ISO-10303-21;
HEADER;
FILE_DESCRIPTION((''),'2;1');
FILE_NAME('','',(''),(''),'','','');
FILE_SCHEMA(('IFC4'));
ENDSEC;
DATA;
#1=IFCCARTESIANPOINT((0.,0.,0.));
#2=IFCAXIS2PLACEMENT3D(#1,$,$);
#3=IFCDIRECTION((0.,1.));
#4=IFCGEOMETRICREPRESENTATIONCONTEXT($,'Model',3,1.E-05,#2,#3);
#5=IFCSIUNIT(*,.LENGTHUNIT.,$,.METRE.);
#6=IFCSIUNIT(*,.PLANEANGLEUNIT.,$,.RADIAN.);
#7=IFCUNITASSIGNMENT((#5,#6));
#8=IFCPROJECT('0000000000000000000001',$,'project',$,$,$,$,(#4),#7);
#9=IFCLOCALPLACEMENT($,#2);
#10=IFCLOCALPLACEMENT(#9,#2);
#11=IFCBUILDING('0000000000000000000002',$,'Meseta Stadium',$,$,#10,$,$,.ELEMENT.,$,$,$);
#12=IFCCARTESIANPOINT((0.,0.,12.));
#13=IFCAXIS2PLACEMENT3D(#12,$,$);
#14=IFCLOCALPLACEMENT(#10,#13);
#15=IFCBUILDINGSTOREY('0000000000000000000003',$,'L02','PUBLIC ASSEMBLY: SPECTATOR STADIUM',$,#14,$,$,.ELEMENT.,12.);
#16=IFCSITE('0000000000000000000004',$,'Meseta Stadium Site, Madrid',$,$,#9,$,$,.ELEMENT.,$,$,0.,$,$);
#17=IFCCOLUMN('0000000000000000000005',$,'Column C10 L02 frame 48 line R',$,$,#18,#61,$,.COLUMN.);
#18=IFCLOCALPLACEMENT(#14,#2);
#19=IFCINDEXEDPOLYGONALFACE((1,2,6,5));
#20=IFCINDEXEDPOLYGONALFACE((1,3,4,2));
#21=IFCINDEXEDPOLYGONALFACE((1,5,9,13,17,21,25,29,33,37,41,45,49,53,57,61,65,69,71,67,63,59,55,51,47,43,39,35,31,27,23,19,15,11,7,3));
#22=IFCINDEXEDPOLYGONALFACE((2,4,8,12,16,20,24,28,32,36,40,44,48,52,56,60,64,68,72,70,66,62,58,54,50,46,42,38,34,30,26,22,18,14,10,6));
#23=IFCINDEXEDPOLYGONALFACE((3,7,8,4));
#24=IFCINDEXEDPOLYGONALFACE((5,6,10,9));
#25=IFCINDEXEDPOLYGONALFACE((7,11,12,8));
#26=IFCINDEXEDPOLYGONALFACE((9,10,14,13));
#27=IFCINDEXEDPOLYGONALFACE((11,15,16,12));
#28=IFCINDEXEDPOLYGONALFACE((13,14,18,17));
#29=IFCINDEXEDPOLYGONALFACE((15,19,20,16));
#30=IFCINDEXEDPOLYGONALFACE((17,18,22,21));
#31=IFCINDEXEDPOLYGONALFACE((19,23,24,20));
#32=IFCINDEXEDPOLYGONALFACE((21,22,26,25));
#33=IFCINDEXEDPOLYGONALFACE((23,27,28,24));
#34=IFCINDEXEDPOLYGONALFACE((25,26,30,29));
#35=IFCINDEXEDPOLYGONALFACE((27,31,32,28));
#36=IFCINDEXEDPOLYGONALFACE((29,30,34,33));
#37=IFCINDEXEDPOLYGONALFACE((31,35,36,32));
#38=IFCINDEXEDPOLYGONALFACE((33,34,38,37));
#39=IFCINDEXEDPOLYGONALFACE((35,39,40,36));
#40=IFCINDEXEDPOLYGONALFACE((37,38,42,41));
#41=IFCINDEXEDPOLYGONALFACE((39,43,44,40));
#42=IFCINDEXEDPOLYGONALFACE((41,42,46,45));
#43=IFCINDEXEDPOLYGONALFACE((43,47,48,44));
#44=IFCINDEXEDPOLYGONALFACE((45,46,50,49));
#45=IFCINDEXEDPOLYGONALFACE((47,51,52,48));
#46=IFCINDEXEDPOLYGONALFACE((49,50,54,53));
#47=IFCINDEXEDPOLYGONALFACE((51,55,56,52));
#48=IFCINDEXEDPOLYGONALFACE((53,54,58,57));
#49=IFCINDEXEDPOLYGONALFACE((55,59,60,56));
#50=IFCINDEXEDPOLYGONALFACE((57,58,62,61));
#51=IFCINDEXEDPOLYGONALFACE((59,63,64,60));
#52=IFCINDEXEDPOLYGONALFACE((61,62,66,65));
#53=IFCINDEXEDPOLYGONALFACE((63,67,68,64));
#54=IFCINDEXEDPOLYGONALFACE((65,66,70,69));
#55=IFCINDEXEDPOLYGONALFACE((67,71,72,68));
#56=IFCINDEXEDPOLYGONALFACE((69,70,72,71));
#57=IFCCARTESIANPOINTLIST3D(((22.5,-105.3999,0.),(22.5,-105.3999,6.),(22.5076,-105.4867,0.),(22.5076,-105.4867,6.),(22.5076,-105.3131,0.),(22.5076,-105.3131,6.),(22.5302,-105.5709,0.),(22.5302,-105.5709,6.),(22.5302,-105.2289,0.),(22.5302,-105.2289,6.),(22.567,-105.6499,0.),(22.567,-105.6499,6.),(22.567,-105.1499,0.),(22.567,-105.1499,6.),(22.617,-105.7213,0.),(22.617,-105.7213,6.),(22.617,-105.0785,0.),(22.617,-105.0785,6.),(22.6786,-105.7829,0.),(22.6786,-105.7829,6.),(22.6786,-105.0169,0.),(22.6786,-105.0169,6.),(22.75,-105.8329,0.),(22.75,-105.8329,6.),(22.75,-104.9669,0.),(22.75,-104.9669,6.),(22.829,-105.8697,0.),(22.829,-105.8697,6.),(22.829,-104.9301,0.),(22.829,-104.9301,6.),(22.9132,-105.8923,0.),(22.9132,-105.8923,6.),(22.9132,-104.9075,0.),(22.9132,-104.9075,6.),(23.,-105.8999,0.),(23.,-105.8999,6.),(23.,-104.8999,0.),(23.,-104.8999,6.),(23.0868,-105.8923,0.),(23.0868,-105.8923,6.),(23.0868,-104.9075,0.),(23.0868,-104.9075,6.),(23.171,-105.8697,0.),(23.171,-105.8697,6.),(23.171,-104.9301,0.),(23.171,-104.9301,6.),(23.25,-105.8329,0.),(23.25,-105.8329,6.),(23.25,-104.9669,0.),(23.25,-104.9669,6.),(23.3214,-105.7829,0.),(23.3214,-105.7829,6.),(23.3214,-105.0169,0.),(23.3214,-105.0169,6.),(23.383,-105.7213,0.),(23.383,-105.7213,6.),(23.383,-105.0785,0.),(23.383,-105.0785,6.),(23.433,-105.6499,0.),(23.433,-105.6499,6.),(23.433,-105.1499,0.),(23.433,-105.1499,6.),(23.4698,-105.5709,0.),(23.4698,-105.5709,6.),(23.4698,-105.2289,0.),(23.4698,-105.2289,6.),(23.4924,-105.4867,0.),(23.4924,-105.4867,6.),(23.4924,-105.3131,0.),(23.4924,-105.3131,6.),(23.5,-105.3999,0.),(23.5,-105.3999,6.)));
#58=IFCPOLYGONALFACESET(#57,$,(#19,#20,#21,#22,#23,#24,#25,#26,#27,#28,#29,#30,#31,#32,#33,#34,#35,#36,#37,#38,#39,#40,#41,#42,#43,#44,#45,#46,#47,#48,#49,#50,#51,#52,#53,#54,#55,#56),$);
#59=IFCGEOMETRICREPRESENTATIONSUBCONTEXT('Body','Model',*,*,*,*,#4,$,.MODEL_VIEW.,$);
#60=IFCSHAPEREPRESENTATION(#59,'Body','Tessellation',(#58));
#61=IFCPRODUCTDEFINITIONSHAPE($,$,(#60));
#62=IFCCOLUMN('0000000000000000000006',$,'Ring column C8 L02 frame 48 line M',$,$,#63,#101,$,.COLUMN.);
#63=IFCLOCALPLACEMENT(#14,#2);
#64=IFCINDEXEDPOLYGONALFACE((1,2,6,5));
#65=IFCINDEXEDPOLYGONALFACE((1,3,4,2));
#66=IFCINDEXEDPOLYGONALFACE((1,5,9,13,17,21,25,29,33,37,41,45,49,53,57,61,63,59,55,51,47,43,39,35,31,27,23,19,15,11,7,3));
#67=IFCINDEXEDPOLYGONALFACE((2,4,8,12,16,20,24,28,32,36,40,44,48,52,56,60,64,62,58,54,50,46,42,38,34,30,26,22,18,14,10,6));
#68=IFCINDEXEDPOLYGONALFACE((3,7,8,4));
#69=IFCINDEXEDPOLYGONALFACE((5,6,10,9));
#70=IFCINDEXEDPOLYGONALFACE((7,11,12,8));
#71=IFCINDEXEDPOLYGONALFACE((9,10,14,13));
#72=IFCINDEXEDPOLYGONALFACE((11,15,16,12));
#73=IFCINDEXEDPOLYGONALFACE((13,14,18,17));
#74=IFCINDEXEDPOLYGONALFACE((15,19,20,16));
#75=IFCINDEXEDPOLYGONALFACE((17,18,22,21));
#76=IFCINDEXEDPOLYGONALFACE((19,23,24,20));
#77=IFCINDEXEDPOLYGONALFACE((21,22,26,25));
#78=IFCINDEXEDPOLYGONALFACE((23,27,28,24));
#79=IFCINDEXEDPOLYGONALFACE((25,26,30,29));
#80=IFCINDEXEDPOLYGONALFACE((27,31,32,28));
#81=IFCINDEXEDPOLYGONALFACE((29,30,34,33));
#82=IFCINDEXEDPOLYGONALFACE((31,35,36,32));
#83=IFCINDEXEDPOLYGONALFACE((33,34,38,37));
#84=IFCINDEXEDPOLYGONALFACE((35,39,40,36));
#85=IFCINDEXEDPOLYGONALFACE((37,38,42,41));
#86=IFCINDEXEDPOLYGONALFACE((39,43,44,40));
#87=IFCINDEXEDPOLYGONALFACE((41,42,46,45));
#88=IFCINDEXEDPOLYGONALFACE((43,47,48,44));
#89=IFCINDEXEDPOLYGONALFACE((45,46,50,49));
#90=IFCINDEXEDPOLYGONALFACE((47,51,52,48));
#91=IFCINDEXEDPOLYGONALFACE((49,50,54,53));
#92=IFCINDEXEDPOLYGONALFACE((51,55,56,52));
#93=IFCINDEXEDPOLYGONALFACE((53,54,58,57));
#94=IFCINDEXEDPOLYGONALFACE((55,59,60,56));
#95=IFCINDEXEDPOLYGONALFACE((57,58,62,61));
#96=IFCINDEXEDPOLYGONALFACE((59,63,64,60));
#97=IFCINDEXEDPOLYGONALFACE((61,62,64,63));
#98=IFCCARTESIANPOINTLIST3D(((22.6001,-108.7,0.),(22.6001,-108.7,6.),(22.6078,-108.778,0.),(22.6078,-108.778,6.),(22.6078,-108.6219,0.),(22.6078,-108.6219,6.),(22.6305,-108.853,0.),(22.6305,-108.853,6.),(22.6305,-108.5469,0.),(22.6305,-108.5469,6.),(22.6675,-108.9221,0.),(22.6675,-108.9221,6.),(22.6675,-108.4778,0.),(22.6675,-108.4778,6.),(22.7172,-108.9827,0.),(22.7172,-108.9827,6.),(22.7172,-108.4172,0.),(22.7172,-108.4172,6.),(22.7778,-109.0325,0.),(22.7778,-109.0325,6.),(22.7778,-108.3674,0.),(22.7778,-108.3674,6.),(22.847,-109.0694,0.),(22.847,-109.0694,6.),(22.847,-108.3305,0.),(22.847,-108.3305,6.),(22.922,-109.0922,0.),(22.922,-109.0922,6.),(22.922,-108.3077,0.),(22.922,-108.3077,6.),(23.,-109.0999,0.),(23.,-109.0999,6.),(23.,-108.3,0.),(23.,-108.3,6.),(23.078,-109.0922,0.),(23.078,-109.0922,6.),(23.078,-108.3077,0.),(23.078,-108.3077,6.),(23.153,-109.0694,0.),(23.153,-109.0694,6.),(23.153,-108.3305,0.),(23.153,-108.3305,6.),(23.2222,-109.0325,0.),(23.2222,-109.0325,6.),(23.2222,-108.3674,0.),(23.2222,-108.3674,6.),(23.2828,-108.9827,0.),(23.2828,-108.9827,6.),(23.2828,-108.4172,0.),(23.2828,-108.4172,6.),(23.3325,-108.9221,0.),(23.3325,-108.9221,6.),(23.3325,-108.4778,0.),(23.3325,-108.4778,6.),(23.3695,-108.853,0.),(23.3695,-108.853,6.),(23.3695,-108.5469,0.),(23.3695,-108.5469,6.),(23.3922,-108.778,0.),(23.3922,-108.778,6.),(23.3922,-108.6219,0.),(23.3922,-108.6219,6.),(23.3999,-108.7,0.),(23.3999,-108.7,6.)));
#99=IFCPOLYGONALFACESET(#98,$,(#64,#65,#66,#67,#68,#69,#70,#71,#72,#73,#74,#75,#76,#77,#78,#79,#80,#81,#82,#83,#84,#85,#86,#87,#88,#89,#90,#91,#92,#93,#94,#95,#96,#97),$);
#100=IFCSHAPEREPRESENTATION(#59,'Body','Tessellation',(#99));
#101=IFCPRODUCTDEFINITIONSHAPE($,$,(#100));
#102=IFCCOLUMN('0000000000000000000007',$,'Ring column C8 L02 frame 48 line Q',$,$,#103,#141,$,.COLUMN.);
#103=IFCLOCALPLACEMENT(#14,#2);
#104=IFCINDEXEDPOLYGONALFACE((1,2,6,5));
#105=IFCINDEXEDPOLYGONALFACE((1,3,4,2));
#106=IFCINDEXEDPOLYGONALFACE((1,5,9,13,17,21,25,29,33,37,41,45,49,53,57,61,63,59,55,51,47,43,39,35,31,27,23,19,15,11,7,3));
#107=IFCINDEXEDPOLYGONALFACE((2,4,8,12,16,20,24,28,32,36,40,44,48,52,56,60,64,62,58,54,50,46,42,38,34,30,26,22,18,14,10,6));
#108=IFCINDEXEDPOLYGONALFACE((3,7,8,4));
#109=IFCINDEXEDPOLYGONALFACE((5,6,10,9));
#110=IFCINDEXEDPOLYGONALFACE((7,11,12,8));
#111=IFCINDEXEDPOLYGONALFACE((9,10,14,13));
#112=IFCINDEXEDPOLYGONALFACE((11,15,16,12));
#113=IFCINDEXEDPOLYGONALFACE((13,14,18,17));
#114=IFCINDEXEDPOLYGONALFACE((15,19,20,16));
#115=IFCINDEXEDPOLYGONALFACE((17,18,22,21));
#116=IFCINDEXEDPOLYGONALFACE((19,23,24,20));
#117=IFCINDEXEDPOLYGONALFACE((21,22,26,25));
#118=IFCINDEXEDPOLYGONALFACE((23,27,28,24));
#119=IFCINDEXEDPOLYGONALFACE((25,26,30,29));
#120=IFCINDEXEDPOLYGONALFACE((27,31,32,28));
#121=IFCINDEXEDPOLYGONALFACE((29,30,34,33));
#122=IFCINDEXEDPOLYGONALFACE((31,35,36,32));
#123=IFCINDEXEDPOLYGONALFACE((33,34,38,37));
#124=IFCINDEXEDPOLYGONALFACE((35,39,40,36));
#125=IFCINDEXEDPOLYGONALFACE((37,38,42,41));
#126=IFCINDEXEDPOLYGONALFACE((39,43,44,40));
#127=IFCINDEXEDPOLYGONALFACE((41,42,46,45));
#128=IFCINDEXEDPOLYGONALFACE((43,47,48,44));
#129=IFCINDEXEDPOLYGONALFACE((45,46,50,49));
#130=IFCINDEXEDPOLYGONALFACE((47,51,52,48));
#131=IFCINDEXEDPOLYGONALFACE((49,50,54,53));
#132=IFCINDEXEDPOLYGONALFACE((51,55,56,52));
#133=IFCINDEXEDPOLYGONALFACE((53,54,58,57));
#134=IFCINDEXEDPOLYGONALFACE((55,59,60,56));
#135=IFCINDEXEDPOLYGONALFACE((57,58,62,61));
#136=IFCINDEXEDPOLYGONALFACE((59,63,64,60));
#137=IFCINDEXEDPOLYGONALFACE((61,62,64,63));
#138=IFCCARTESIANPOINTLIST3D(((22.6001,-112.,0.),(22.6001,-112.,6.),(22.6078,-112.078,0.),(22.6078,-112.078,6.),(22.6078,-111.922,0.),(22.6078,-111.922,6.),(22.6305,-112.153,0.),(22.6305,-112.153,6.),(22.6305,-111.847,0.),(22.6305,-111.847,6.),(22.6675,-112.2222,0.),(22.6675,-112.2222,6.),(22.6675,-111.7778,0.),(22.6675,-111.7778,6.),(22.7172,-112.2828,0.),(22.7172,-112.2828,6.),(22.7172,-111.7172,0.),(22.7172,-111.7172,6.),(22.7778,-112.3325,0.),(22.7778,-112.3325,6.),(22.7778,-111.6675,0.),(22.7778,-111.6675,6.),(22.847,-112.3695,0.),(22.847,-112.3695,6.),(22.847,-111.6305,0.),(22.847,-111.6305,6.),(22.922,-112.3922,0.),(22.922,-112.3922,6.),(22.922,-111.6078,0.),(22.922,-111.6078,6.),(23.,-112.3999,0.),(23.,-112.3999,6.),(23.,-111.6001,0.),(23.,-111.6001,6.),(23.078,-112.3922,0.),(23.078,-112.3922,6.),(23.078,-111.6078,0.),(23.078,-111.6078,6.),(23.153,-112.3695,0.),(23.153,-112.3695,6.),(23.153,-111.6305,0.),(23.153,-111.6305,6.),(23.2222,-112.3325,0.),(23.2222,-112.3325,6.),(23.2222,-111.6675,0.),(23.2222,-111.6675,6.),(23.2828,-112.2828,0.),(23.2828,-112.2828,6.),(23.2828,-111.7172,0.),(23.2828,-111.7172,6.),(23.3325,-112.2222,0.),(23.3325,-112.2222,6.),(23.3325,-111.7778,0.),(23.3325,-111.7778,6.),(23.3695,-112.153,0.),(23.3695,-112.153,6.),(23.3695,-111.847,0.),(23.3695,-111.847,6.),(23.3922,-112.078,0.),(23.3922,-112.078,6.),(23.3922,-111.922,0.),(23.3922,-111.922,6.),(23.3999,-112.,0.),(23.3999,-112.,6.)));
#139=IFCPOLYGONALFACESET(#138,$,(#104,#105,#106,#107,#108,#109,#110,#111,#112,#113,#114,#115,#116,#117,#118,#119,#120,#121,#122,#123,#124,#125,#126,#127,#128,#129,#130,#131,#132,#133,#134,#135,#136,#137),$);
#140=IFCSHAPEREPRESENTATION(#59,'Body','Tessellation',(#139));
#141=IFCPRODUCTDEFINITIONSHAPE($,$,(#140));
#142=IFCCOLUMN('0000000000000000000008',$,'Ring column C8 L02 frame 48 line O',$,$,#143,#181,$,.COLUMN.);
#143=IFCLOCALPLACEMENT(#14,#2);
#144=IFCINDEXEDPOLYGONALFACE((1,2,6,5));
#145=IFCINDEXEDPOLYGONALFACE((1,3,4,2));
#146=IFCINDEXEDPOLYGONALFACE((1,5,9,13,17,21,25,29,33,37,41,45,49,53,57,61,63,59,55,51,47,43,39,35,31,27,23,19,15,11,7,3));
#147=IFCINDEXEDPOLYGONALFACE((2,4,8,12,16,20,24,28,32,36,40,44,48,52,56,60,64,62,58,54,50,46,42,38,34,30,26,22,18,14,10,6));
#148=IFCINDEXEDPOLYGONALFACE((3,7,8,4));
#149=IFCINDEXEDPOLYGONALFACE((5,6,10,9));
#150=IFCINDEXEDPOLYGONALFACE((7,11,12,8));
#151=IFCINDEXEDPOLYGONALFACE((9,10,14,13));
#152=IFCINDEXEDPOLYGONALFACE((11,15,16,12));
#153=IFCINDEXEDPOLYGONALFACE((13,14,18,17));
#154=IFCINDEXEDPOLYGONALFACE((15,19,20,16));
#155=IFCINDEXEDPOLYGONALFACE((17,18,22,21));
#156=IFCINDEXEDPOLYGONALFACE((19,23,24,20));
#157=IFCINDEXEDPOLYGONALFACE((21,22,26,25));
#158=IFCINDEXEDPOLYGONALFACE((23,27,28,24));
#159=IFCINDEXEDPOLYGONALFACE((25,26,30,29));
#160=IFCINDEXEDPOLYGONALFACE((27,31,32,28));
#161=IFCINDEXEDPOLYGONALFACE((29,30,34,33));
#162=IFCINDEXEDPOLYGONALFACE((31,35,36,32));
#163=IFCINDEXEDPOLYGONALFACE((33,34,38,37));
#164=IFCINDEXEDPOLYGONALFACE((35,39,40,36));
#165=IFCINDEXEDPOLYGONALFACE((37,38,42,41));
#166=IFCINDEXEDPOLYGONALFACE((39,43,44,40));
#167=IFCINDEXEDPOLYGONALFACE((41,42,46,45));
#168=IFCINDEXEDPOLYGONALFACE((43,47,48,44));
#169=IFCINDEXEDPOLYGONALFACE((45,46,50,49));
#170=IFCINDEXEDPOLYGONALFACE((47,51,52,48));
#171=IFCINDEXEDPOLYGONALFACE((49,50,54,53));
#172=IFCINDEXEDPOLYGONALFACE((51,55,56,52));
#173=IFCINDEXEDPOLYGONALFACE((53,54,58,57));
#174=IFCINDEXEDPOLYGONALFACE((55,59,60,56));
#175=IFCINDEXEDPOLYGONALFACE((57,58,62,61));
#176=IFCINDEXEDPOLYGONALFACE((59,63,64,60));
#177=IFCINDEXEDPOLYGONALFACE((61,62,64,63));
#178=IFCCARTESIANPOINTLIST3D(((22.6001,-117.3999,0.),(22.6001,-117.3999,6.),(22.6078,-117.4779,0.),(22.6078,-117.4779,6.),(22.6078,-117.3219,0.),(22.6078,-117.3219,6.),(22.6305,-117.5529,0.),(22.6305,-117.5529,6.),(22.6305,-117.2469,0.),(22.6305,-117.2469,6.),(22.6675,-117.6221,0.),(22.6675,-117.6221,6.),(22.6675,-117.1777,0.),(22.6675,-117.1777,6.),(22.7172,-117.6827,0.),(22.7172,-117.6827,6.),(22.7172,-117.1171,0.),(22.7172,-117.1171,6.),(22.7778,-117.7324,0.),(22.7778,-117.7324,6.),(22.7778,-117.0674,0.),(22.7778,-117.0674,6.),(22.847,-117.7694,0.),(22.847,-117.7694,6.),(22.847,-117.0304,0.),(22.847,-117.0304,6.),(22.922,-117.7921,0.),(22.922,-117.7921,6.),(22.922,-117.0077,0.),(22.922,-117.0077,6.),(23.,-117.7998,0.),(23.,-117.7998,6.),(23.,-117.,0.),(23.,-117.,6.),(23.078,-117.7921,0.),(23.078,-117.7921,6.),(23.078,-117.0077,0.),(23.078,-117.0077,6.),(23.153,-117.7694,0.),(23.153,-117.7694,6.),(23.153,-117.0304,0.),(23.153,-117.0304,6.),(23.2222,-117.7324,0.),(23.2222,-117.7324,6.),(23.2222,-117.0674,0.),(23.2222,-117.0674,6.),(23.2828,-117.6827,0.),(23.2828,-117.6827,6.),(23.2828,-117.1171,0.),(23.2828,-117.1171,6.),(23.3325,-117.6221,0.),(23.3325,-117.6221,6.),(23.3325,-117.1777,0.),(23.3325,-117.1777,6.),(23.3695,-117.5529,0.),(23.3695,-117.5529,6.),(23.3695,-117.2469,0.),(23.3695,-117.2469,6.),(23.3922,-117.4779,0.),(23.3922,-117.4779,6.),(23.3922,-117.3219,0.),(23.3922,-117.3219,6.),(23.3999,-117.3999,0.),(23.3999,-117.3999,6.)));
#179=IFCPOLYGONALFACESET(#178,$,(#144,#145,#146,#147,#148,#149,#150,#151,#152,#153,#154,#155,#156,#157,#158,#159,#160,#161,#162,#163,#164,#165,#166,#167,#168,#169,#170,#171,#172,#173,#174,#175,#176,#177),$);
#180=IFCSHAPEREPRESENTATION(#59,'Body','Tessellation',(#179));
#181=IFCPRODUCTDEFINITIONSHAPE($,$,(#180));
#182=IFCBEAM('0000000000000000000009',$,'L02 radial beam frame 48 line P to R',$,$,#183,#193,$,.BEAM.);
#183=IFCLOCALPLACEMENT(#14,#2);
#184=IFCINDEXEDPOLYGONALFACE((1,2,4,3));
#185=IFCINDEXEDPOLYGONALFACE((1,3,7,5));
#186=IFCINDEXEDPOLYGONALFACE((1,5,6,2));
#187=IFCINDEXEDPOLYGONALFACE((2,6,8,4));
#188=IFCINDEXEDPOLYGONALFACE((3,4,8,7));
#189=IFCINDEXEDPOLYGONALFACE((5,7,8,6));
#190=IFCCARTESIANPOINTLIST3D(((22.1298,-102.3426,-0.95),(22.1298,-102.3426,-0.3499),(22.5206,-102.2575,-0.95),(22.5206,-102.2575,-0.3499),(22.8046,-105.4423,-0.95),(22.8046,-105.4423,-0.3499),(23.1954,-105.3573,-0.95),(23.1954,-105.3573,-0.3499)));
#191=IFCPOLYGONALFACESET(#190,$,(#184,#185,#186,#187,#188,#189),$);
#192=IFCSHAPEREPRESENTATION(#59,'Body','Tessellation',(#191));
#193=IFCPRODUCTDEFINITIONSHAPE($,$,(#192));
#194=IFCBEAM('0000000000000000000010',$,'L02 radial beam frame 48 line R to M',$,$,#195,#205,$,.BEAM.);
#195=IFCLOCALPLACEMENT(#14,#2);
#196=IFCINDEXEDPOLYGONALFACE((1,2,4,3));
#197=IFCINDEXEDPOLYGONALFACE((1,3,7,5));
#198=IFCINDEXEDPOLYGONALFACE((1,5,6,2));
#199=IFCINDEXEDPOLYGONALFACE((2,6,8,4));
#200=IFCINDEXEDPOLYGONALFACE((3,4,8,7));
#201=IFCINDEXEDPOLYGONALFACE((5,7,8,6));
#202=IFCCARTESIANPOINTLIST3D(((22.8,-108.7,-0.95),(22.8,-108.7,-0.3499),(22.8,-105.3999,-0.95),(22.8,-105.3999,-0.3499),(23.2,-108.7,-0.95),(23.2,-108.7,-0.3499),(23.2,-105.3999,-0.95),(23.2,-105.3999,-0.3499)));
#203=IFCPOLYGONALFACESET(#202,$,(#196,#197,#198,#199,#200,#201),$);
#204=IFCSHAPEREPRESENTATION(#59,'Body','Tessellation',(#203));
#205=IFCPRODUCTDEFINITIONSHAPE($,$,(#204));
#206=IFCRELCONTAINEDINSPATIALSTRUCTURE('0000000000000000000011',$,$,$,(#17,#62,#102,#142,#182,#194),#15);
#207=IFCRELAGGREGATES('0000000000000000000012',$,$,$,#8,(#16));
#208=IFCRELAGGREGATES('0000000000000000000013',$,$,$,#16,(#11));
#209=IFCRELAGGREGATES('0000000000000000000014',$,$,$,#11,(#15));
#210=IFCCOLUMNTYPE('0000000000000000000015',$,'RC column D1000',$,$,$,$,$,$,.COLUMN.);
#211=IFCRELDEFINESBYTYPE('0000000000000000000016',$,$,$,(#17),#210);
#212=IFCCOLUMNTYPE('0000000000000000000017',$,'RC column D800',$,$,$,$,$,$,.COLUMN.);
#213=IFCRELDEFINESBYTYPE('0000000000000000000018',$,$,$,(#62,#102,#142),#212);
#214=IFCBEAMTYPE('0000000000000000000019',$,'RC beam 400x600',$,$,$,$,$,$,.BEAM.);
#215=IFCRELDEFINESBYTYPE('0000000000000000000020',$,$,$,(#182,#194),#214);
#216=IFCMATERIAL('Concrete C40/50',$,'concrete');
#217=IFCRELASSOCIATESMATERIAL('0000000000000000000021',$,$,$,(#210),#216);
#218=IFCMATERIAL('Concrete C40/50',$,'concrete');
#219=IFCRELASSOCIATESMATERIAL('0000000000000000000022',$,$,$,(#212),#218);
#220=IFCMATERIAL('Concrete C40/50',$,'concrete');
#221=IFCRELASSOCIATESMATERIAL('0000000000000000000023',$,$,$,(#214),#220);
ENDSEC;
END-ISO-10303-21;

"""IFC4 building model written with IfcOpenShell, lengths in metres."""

from ifc_helpers import new_model, si_unit, direction, frame, origin, origin_2d, place, context, subcontext, project, spatial, rectangle, circle, extrude, material, material_profile, profile_set, type_object, element, save


model = new_model("IFC4")

# Units and contexts
model_context = context("Model", 3, precision=1e-05, world=origin(), true_north=direction((0.0, 1.0)))
body_context = subcontext(model_context, "Body", "Model", "MODEL_VIEW")
ifc_project = project(units=[si_unit("LENGTHUNIT", "METRE"), si_unit("PLANEANGLEUNIT", "RADIAN")], contexts=[model_context])

# Site, building, storey
site_placement = place(None, origin())
site = spatial("IfcSite", under=ifc_project, at=site_placement, Name="Meseta Stadium Site, Madrid", CompositionType="ELEMENT", RefElevation=0.0)
building_placement = place(site_placement, origin())
building = spatial("IfcBuilding", under=site, at=building_placement, Name="Meseta Stadium", CompositionType="ELEMENT")
storey_placement = place(building_placement, frame((0.0, 0.0, 12.0)))
storey = spatial("IfcBuildingStorey", under=building, at=storey_placement, Name="L02", Description="PUBLIC ASSEMBLY: SPECTATOR STADIUM", CompositionType="ELEMENT", Elevation=12.0)

# Columns
ifc_material_1 = material(Name="Concrete C40/50", Category="concrete")
ifc_material_profile_1 = material_profile(ifc_material_1, circle(Radius=0.5, at=origin_2d()), Name="RC D1000")
ifc_profile_set_1 = profile_set([ifc_material_profile_1], Name="Concrete C40/50")
column_type_1 = type_object("IfcColumnType", Name="RC column D1000", PredefinedType="COLUMN", material=ifc_profile_set_1)
column_placement = place(storey_placement, frame((23.0, -105.3999, 0.0), z_axis=(0.0, 0.0, 1.0), x_axis=(1.0, 0.0, 0.0)))
element("IfcColumn", 1, at=column_placement, inside=storey, type_object=column_type_1, Name="Column C10 L02 frame 48 line R", PredefinedType="COLUMN", context=body_context, shape_type="SweptSolid", body=[
    extrude(circle(Radius=0.5, at=origin_2d()), origin(), (0.0, 0.0, 1.0), 6.0),
])
ifc_material_2 = material(Name="Concrete C40/50", Category="concrete")
ifc_material_profile_2 = material_profile(ifc_material_2, circle(Radius=0.3999, at=origin_2d()), Name="RC D800")
ifc_profile_set_2 = profile_set([ifc_material_profile_2], Name="Concrete C40/50")
column_type_2 = type_object("IfcColumnType", Name="RC column D800", PredefinedType="COLUMN", material=ifc_profile_set_2)
for number, where, z_axis, x_axis, name in (
    (2, (23.0, -108.7, 0.0), (0.0, 0.0, 1.0), (1.0, 0.0, 0.0), "Ring column C8 L02 frame 48 line M"),
    (3, (23.0, -112.0, 0.0), (0.0, 0.0, 1.0), (1.0, 0.0, 0.0), "Ring column C8 L02 frame 48 line Q"),
    (4, (23.0, -117.3999, 0.0), (0.0, 0.0, 1.0), (1.0, 0.0, 0.0), "Ring column C8 L02 frame 48 line O"),
):
    element("IfcColumn", number, at=place(storey_placement, frame(where, z_axis=z_axis, x_axis=x_axis)), inside=storey, type_object=column_type_2, Name=name, PredefinedType="COLUMN", context=body_context, shape_type="SweptSolid", body=[
        extrude(circle(Radius=0.3999, at=origin_2d()), origin(), (0.0, 0.0, 1.0), 6.0),
    ])

# Beams
ifc_material_3 = material(Name="Concrete C40/50", Category="concrete")
ifc_material_profile_3 = material_profile(ifc_material_3, rectangle(XDim=0.3999, YDim=0.6001, at=origin_2d()), Name="RC 400x600")
ifc_profile_set_3 = profile_set([ifc_material_profile_3], Name="Concrete C40/50")
beam_type_1 = type_object("IfcBeamType", Name="RC beam 400x600", PredefinedType="BEAM", material=ifc_profile_set_3)
beam_1_placement = place(storey_placement, frame((22.3252, -102.3, -0.6499), z_axis=(0.212708, -0.977116, 0.0), x_axis=(0.977116, 0.212708, 0.0)))
element("IfcBeam", 5, at=beam_1_placement, inside=storey, type_object=beam_type_1, Name="L02 radial beam frame 48 line P to R", PredefinedType="BEAM", context=body_context, shape_type="SweptSolid", body=[
    extrude(rectangle(XDim=0.3999, YDim=0.6001, at=origin_2d()), origin(), (0.0, 0.0, 1.0), 3.1724),
])
for number, where, z_axis, x_axis, name in (
    (6, (23.0, -105.3999, -0.6499), (0.0, -1.0, 0.0), (1.0, 0.0, 0.0), "L02 radial beam frame 48 line R to M"),
):
    element("IfcBeam", number, at=place(storey_placement, frame(where, z_axis=z_axis, x_axis=x_axis)), inside=storey, type_object=beam_type_1, Name=name, PredefinedType="BEAM", context=body_context, shape_type="SweptSolid", body=[
        extrude(rectangle(XDim=0.3999, YDim=0.6001, at=origin_2d()), origin(), (0.0, 0.0, 1.0), 3.3),
    ])

save(model, "model.ifc")
